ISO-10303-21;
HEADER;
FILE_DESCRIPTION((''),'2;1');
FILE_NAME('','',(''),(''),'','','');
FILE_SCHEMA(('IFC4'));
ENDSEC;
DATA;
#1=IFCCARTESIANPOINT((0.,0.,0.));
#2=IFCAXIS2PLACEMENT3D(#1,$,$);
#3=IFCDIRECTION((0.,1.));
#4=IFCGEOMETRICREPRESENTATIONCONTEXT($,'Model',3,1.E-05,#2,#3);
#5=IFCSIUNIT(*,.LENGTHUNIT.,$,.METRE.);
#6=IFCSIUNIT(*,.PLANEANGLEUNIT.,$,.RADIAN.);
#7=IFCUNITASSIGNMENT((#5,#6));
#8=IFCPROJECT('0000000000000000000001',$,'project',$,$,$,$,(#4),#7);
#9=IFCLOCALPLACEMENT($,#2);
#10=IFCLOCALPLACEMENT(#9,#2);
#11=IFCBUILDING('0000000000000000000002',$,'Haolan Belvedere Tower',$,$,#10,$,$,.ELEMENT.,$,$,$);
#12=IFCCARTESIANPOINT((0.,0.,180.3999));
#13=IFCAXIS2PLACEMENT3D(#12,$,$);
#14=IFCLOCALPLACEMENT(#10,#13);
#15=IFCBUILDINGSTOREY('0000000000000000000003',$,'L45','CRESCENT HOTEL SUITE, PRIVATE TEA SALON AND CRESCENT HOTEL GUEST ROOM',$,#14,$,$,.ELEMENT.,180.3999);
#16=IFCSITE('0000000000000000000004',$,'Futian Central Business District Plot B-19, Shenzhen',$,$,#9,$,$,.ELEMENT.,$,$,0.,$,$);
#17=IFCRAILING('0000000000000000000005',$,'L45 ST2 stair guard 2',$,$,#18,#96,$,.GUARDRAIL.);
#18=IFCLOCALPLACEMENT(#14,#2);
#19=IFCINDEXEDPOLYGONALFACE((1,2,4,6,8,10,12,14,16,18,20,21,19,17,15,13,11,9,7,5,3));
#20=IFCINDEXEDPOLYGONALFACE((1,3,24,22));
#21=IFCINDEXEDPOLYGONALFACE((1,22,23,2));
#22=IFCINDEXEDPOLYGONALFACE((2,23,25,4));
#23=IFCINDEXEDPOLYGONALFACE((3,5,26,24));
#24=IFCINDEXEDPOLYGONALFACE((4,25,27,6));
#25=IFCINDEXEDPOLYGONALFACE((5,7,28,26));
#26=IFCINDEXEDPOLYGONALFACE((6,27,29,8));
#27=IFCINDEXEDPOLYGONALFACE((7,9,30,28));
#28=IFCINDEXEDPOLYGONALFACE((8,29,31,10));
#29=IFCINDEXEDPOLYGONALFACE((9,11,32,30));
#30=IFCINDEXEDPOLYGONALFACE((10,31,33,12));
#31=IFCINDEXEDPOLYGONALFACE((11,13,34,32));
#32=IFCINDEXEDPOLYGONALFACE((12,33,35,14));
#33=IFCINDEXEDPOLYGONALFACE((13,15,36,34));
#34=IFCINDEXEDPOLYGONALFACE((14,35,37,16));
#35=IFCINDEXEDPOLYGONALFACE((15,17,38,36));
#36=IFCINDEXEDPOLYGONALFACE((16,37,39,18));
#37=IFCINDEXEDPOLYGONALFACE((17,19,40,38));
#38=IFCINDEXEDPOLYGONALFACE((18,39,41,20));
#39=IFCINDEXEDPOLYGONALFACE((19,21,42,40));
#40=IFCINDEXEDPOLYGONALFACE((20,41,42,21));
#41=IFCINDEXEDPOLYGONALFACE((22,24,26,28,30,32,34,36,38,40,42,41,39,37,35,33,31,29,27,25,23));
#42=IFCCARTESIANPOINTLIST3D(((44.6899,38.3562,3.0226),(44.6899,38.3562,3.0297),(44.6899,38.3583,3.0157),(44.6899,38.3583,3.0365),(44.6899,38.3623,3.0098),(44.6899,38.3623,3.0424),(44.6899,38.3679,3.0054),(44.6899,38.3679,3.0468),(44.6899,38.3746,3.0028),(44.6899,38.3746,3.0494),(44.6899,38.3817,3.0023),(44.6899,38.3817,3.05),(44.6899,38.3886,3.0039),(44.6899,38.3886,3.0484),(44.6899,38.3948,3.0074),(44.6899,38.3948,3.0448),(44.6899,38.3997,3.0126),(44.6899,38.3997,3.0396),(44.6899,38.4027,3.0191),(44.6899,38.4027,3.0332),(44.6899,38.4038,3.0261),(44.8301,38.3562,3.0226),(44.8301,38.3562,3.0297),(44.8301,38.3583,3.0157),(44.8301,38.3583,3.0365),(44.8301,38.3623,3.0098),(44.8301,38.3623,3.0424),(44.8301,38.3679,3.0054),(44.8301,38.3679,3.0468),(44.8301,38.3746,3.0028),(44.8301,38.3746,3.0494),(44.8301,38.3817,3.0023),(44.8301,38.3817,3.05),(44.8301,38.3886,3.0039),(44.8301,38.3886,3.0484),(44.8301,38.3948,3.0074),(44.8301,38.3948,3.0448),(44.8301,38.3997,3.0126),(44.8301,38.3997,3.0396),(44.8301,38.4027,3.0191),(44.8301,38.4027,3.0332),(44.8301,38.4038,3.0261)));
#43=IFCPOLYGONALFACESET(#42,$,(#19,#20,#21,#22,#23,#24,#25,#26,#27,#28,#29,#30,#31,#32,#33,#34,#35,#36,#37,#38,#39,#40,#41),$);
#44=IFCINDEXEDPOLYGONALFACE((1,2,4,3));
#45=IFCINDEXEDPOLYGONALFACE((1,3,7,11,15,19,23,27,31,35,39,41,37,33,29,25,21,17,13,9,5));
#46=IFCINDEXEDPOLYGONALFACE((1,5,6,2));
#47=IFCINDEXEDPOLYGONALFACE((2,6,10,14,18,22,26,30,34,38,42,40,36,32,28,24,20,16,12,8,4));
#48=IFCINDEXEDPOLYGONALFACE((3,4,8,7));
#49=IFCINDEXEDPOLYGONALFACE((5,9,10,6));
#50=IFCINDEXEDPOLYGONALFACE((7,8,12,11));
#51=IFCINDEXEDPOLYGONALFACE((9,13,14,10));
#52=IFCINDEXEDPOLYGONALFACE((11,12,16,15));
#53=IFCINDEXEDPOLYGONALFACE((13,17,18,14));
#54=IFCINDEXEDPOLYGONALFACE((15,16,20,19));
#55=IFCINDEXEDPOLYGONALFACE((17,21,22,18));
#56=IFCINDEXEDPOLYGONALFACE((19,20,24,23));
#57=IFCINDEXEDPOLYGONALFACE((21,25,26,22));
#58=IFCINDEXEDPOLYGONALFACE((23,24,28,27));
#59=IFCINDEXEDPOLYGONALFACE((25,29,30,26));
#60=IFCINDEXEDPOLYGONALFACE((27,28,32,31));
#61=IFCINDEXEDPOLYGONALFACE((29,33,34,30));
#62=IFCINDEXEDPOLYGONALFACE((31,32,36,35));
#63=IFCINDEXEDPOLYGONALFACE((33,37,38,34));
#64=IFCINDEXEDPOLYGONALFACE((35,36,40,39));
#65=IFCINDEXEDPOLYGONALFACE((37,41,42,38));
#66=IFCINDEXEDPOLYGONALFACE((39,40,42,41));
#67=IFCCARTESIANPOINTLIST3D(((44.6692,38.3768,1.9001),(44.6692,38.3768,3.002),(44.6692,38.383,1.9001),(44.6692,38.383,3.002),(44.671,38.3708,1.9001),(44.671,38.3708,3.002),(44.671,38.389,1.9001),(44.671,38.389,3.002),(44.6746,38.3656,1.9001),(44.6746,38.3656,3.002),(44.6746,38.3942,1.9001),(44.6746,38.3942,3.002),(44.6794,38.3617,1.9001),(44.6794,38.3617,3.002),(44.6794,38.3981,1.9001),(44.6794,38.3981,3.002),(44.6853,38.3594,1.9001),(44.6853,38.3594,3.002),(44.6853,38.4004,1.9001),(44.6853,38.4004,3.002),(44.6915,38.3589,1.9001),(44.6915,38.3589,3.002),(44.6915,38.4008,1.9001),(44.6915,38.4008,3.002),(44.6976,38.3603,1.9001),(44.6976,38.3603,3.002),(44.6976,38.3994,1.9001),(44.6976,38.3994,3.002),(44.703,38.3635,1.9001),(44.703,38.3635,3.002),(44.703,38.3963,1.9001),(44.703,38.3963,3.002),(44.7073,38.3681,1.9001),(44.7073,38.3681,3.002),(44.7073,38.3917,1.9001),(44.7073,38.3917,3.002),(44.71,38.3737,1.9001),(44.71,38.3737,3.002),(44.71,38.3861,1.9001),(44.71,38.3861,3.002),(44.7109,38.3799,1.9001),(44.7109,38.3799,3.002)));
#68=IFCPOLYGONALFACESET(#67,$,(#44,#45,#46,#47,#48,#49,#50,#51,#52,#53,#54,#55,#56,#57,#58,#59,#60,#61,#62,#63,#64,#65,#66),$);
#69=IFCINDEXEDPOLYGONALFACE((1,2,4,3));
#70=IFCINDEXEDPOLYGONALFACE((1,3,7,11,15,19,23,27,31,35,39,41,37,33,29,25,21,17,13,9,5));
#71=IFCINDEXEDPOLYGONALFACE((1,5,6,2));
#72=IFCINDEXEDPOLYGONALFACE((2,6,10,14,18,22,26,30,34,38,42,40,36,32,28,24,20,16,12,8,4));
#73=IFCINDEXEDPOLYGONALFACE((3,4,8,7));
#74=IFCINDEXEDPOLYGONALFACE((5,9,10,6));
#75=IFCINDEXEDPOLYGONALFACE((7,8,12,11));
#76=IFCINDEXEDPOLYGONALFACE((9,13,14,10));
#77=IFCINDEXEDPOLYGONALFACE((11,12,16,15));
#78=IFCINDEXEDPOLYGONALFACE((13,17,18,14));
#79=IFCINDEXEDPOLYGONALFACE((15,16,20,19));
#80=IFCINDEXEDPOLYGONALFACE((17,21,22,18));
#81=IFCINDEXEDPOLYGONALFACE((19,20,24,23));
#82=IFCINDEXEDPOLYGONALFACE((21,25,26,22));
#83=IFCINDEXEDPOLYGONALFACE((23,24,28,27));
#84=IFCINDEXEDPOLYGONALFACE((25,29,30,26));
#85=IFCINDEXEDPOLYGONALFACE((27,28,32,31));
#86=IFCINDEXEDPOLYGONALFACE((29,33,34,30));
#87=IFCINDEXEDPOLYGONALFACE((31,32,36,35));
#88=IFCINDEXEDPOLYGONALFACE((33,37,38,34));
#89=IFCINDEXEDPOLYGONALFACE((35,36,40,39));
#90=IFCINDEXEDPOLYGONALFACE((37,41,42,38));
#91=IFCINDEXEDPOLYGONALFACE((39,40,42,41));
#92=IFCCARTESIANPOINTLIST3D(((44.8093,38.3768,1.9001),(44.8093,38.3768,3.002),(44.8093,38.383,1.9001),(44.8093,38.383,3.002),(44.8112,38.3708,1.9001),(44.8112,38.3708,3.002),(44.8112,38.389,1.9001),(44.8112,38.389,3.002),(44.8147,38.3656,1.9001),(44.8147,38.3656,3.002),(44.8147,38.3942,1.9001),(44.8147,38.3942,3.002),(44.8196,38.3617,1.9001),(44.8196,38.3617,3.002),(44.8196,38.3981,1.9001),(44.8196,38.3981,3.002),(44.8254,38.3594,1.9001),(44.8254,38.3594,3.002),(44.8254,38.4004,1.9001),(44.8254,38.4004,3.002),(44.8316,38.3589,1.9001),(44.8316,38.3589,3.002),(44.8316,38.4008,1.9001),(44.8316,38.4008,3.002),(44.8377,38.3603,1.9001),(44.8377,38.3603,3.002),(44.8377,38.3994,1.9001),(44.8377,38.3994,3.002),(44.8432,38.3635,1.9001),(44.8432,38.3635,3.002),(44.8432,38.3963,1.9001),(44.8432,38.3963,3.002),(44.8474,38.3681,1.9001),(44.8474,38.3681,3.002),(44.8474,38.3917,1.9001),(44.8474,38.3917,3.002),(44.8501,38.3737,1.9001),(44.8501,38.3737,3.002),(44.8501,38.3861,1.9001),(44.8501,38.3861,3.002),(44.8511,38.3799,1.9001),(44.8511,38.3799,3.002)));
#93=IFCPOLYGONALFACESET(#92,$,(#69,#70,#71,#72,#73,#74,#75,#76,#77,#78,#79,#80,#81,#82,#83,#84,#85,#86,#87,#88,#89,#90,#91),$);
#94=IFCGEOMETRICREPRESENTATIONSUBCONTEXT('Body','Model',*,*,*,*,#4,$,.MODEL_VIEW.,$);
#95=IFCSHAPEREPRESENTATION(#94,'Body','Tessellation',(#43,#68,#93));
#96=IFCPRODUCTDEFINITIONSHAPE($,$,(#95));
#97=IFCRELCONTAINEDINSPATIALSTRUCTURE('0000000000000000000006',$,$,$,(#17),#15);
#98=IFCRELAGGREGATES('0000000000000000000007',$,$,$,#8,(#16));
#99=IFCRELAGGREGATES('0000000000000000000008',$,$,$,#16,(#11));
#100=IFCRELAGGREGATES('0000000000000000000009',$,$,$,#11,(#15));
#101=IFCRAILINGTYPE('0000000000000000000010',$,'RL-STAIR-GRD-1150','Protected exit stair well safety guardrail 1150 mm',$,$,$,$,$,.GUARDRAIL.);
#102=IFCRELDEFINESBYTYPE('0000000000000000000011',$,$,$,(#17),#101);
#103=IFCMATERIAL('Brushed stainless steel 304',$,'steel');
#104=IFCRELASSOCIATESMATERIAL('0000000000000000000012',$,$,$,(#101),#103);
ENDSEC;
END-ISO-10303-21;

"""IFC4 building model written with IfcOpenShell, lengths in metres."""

from ifc_helpers import new_model, si_unit, direction, frame, origin, origin_2d, place, context, subcontext, project, spatial, circle, extrude, material, type_object, element, save


model = new_model("IFC4")

# Units and contexts
model_context = context("Model", 3, precision=1e-05, world=origin(), true_north=direction((0.0, 1.0)))
body_context = subcontext(model_context, "Body", "Model", "MODEL_VIEW")
ifc_project = project(units=[si_unit("LENGTHUNIT", "METRE"), si_unit("PLANEANGLEUNIT", "RADIAN")], contexts=[model_context])

# Site, building, storey
site_placement = place(None, origin())
site = spatial("IfcSite", under=ifc_project, at=site_placement, Name="Futian Central Business District Plot B-19, Shenzhen", CompositionType="ELEMENT", RefElevation=0.0)
building_placement = place(site_placement, origin())
building = spatial("IfcBuilding", under=site, at=building_placement, Name="Haolan Belvedere Tower", CompositionType="ELEMENT")
storey_placement = place(building_placement, frame((0.0, 0.0, 180.3999)))
storey = spatial("IfcBuildingStorey", under=building, at=storey_placement, Name="L45", Description="CRESCENT HOTEL SUITE, PRIVATE TEA SALON AND CRESCENT HOTEL GUEST ROOM", CompositionType="ELEMENT", Elevation=180.3999)

# Railing
ifc_material_1 = material(Name="Brushed stainless steel 304", Category="steel")
railing_type_1 = type_object("IfcRailingType", Name="RL-STAIR-GRD-1150", Description="Protected exit stair well safety guardrail 1150 mm", PredefinedType="GUARDRAIL", material=ifc_material_1)
railing_1_placement = place(storey_placement, frame((44.6899, 38.3799, 1.9001)))
element("IfcRailing", 1, at=railing_1_placement, inside=storey, type_object=railing_type_1, Name="L45 ST2 stair guard 2", PredefinedType="GUARDRAIL", context=body_context, shape_type="SweptSolid", body=[
    extrude(circle(Radius=0.0239, at=origin_2d()), frame((0.0, 0.0, 1.126), z_axis=(1.0, 0.0, 0.0), x_axis=(0.0, 1.0, 0.0)), (0.0, 0.0, 1.0), 0.1401),
    extrude(circle(Radius=0.021, at=origin_2d()), origin(), (0.0, 0.0, 1.0), 1.1018),
    extrude(circle(Radius=0.021, at=origin_2d()), frame((0.1401, 0.0, 0.0)), (0.0, 0.0, 1.0), 1.1018),
])

save(model, "model.ifc")
